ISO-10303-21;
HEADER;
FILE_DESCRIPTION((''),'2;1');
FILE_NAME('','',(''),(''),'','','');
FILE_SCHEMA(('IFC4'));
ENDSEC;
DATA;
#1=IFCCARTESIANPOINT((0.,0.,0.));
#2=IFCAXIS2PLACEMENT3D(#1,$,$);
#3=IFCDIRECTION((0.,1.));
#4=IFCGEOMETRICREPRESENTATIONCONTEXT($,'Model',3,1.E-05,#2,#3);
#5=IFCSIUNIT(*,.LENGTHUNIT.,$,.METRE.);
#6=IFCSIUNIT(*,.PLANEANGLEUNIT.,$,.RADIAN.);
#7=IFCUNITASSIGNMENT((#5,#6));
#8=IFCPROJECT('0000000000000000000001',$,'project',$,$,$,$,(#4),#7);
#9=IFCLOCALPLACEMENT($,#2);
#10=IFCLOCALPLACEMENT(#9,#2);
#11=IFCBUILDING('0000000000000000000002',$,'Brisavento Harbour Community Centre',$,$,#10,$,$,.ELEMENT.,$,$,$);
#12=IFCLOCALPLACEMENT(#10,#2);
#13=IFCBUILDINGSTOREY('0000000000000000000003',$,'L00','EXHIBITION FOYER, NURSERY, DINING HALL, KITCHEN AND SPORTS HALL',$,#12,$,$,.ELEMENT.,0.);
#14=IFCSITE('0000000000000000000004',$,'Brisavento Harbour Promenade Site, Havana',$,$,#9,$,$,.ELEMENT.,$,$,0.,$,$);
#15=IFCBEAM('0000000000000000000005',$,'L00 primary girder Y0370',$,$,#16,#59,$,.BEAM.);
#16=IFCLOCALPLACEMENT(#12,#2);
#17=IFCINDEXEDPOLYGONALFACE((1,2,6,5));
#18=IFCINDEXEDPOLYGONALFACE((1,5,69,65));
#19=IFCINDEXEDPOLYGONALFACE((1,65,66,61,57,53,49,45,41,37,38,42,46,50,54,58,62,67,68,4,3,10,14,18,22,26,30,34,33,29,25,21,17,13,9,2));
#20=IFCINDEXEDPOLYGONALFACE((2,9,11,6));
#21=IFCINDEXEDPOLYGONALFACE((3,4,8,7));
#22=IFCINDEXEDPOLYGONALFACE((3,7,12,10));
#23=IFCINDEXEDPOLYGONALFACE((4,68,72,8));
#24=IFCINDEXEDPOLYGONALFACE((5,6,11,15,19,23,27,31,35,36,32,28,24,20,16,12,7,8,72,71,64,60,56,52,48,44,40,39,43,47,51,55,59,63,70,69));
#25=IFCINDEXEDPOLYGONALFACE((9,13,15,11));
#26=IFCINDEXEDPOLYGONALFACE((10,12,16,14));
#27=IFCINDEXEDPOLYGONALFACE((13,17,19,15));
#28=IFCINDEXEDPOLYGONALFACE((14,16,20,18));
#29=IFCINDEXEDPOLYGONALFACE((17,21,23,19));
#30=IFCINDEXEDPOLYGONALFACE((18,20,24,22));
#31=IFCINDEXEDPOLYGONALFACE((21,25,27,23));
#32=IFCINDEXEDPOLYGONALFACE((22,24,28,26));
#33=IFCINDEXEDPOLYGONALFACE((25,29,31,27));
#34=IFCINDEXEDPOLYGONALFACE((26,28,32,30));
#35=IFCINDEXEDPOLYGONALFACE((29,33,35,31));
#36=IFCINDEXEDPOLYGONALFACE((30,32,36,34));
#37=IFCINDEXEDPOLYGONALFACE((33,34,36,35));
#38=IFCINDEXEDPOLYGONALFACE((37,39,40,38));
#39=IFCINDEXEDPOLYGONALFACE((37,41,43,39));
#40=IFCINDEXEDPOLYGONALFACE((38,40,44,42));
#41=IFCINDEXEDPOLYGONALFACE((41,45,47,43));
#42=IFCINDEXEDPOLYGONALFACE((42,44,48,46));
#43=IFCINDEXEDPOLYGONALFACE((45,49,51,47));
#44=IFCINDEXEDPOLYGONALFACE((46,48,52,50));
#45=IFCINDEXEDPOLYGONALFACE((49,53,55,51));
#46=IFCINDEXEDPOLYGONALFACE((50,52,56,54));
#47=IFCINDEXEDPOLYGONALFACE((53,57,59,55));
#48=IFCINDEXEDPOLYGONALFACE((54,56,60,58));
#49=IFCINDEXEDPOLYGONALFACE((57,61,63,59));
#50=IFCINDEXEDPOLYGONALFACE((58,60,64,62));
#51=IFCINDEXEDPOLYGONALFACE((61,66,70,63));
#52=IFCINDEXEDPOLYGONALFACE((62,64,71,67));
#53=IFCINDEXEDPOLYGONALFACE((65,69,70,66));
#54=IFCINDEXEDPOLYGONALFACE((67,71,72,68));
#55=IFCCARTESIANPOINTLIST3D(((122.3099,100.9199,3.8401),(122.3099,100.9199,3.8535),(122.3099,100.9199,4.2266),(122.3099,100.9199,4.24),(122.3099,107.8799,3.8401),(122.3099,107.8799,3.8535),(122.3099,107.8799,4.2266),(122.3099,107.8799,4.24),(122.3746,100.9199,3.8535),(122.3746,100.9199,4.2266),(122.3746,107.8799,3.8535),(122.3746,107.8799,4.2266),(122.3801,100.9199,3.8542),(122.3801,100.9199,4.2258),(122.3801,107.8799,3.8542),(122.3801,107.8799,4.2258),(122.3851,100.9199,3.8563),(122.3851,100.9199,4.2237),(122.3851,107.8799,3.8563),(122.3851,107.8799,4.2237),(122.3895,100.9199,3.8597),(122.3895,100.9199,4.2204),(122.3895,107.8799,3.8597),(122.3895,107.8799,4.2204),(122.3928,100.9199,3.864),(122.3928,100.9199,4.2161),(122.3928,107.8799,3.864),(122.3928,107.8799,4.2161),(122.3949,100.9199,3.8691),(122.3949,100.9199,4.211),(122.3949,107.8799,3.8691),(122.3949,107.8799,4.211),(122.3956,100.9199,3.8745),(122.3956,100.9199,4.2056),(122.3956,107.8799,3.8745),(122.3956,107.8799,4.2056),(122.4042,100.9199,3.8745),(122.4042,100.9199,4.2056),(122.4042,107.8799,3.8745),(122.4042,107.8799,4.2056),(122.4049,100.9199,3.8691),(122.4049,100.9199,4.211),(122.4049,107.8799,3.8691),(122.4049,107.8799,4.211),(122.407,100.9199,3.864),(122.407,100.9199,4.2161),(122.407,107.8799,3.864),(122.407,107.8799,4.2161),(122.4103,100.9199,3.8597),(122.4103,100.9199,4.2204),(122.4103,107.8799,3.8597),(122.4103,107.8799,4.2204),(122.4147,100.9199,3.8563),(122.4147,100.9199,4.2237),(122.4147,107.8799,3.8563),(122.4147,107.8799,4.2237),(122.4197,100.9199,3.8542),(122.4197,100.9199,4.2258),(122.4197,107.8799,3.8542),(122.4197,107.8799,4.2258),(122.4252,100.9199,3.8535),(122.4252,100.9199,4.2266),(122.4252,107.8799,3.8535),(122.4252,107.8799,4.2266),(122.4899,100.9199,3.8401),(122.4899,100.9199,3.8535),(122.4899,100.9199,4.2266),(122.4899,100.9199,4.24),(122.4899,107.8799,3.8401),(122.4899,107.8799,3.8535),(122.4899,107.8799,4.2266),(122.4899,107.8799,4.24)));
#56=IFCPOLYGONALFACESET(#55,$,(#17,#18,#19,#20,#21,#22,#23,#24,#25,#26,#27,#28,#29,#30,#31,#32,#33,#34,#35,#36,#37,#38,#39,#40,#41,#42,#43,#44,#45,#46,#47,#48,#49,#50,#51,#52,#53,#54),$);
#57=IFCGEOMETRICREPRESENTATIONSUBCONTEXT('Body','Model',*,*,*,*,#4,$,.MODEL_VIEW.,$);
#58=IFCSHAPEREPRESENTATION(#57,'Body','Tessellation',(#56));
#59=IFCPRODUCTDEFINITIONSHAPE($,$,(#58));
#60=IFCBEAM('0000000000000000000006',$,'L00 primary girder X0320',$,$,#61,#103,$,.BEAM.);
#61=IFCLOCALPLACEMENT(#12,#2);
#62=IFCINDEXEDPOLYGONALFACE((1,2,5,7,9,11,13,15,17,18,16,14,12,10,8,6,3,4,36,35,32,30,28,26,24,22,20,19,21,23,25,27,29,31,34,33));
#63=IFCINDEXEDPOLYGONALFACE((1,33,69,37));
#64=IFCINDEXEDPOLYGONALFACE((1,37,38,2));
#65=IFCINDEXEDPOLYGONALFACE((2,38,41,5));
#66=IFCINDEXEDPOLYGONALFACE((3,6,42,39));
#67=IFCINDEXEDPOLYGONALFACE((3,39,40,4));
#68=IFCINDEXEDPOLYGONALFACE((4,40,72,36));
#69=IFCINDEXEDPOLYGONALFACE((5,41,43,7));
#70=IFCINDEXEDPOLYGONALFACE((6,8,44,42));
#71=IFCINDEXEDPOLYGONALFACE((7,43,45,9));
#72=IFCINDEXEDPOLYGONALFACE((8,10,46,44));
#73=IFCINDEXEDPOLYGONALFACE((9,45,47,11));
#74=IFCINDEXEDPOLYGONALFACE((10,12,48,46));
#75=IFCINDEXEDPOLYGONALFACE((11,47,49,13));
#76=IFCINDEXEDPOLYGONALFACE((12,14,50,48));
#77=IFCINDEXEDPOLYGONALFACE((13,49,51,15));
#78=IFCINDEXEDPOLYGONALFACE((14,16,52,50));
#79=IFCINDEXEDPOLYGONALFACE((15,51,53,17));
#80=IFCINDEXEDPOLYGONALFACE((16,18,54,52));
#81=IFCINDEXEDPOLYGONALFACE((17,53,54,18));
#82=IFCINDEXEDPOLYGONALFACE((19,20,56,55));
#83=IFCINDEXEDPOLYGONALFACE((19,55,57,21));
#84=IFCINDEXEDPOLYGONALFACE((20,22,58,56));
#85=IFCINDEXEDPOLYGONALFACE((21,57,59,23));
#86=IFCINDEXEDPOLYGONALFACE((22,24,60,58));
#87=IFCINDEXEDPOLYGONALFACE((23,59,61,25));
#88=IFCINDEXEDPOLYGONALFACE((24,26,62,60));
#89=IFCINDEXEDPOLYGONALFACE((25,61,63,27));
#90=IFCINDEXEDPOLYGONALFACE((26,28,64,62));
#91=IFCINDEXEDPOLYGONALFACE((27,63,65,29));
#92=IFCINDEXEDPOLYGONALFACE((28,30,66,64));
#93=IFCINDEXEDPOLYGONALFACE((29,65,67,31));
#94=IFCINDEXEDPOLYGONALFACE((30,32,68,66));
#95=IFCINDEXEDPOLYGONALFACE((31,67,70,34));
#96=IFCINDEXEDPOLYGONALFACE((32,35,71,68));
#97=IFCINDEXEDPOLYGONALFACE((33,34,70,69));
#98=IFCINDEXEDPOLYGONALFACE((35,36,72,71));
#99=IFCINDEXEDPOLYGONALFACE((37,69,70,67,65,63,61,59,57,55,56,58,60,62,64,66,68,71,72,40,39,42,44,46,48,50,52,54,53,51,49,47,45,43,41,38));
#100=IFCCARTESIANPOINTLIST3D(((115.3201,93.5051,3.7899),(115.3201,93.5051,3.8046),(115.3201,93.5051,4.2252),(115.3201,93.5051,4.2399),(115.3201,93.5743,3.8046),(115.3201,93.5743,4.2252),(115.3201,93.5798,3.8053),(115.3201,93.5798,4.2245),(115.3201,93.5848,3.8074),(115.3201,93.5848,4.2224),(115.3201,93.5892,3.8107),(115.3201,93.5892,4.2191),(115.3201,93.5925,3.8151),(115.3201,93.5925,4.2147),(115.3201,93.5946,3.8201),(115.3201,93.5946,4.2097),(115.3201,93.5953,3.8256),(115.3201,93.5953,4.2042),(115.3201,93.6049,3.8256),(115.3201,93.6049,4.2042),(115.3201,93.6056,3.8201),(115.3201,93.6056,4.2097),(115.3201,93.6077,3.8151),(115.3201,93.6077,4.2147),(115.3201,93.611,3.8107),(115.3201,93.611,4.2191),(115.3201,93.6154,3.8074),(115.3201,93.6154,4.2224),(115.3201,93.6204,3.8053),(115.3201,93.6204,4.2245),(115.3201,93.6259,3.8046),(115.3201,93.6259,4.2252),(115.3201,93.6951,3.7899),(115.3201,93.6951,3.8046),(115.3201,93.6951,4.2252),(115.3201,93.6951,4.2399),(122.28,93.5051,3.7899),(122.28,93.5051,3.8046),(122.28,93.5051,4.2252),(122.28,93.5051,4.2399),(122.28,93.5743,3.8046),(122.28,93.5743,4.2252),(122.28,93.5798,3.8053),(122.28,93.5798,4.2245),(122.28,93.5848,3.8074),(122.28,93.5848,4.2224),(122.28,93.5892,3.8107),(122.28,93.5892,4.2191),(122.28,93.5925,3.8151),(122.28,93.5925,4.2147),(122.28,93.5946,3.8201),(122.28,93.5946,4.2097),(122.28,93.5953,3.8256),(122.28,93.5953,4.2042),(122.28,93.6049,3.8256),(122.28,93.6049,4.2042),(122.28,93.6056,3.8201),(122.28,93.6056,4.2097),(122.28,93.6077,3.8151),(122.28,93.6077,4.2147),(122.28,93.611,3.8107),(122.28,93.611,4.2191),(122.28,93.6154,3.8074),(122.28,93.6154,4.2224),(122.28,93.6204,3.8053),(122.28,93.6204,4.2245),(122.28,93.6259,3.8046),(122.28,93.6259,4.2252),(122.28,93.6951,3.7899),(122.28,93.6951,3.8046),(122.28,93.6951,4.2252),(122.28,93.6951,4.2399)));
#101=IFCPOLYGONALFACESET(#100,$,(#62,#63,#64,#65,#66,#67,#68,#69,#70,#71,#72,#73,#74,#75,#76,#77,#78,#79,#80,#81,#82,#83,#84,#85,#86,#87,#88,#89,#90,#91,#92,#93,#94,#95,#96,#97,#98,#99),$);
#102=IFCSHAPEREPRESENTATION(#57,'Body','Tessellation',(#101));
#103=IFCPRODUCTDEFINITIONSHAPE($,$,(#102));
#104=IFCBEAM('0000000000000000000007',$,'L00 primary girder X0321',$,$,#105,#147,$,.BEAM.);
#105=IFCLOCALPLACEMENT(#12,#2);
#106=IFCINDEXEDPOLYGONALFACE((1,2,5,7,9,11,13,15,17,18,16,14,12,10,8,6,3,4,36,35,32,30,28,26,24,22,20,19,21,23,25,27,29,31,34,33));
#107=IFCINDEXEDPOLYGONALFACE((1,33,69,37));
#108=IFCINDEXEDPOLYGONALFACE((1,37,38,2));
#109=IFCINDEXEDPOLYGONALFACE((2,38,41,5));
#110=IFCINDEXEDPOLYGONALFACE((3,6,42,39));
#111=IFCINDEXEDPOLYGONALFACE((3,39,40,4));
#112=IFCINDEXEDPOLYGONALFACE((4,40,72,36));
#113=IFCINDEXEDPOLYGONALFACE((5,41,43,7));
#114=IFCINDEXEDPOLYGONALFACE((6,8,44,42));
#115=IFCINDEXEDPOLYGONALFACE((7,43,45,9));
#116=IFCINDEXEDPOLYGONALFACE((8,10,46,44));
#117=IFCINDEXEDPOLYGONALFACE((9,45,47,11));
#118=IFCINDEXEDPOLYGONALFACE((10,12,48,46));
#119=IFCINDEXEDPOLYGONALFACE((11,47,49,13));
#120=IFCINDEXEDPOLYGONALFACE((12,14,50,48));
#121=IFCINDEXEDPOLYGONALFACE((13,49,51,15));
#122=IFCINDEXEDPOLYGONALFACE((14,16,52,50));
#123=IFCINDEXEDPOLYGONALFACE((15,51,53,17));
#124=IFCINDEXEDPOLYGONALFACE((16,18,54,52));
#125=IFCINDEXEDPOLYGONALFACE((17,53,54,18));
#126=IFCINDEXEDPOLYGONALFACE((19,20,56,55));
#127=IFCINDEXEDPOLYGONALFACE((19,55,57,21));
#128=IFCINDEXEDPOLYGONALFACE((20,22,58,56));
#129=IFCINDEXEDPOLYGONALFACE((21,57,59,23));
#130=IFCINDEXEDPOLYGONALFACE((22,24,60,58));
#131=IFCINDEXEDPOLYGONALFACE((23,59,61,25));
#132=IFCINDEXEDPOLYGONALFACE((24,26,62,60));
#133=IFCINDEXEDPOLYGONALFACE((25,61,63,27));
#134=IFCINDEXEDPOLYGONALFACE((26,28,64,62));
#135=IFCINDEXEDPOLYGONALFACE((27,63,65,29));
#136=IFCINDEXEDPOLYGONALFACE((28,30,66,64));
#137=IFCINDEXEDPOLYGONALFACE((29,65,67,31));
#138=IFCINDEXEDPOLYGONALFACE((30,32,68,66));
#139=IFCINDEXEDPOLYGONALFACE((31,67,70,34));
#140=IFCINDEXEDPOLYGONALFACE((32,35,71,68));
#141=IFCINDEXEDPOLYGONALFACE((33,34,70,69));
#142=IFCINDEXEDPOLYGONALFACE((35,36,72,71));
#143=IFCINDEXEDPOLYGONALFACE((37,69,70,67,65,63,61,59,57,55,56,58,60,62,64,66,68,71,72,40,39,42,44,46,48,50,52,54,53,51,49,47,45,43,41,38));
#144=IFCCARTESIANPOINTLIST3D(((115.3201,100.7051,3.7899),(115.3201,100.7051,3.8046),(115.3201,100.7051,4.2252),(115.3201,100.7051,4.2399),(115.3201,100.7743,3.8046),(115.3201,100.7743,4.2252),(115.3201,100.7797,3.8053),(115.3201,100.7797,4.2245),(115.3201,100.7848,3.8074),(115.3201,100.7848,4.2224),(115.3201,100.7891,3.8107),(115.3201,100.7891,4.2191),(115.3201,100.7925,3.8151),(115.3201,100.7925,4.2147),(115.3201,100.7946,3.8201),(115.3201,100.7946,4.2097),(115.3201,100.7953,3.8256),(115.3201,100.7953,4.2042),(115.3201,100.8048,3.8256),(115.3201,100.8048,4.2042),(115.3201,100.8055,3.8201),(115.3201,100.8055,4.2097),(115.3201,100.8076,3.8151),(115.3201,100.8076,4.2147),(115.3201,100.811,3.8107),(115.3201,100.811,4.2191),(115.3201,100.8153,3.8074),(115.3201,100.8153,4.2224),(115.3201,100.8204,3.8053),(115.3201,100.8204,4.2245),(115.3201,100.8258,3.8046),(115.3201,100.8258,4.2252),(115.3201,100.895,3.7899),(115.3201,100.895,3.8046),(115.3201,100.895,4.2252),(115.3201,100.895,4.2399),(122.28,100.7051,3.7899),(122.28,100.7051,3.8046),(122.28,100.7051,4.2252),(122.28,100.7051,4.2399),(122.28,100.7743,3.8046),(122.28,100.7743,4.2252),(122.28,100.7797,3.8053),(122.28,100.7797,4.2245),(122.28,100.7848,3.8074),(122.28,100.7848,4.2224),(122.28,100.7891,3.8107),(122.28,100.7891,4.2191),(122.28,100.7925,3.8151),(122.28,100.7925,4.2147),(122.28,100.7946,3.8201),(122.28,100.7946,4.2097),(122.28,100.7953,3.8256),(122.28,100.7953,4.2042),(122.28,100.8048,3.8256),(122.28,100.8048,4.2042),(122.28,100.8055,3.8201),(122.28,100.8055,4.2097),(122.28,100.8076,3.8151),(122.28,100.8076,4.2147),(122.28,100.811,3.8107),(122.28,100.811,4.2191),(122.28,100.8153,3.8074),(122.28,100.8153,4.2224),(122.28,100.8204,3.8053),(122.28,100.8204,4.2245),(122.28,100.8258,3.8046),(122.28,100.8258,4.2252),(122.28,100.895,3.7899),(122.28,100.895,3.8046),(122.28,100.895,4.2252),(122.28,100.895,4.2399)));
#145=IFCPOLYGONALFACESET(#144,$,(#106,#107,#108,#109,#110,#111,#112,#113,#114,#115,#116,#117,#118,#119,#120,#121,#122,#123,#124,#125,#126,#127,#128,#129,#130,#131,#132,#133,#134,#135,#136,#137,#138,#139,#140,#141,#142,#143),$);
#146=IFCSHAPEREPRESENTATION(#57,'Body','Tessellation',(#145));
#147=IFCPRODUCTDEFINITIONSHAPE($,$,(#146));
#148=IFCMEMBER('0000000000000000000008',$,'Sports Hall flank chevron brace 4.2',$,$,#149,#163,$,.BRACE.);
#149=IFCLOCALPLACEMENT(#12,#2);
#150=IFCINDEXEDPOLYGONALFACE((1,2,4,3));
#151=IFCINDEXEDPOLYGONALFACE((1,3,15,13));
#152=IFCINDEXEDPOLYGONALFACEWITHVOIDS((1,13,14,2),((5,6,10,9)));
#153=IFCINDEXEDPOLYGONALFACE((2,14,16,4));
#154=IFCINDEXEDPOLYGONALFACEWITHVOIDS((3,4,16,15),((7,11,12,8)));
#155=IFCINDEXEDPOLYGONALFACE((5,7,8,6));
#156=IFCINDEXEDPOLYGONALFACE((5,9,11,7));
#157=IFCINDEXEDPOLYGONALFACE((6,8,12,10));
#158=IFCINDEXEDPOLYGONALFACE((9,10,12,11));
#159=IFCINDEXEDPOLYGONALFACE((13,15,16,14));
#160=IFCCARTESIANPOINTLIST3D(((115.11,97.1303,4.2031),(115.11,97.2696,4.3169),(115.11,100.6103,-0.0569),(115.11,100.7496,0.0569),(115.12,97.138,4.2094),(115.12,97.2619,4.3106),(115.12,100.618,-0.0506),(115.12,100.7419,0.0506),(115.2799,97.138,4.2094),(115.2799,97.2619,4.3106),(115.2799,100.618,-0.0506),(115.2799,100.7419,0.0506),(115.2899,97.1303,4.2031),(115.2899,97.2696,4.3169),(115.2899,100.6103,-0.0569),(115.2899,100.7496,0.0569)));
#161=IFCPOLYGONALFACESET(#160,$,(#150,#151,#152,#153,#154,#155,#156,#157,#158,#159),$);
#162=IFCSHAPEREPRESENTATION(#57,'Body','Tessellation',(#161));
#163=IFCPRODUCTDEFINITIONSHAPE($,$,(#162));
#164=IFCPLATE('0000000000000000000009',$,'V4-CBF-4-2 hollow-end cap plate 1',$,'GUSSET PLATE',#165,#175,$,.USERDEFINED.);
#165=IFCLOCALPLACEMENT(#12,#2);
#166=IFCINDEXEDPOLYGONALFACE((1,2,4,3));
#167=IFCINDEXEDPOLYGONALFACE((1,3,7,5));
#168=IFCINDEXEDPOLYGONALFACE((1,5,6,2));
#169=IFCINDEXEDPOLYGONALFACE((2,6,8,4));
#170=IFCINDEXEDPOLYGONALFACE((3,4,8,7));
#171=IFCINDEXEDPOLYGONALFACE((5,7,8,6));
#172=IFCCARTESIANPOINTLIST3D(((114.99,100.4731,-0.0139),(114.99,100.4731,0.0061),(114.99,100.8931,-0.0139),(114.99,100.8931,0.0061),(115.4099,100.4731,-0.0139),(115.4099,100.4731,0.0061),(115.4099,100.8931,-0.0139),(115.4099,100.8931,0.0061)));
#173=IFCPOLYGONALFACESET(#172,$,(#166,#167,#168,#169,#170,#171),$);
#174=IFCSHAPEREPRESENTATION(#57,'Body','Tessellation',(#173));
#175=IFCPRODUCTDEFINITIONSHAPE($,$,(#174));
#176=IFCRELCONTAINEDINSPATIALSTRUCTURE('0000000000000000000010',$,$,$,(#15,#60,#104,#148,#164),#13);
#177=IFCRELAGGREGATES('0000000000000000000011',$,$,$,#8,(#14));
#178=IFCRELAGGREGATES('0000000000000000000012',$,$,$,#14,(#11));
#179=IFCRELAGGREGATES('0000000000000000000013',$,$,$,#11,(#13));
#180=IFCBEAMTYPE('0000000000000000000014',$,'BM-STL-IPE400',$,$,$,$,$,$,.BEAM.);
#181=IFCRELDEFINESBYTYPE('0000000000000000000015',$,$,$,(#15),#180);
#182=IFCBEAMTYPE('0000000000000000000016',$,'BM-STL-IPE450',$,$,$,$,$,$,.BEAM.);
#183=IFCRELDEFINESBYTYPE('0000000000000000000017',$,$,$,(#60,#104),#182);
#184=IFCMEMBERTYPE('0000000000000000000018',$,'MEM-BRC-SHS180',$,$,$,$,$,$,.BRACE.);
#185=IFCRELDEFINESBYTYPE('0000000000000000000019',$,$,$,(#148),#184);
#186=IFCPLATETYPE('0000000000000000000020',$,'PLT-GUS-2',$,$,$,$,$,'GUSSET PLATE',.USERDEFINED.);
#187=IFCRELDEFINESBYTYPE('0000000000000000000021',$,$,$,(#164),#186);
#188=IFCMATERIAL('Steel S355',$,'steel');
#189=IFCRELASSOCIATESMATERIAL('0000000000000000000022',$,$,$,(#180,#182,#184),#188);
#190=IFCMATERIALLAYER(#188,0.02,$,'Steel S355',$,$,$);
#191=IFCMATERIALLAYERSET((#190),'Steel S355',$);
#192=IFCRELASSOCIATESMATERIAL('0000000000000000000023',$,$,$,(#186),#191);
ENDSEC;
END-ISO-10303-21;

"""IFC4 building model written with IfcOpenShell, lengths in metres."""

from ifc_helpers import new_model, si_unit, direction, frame, origin, origin_2d, place, context, subcontext, project, spatial, rectangle, hollow_rectangle, i_section, extrude, material, layer, layer_set, material_profile, profile_set, type_object, element, save


model = new_model("IFC4")

# Units and contexts
model_context = context("Model", 3, precision=1e-05, world=origin(), true_north=direction((0.0, 1.0)))
body_context = subcontext(model_context, "Body", "Model", "MODEL_VIEW")
ifc_project = project(units=[si_unit("LENGTHUNIT", "METRE"), si_unit("PLANEANGLEUNIT", "RADIAN")], contexts=[model_context])

# Site, building, storey
site_placement = place(None, origin())
site = spatial("IfcSite", under=ifc_project, at=site_placement, Name="Brisavento Harbour Promenade Site, Havana", CompositionType="ELEMENT", RefElevation=0.0)
building_placement = place(site_placement, origin())
building = spatial("IfcBuilding", under=site, at=building_placement, Name="Brisavento Harbour Community Centre", CompositionType="ELEMENT")
storey_placement = place(building_placement, origin())
storey = spatial("IfcBuildingStorey", under=building, at=storey_placement, Name="L00", Description="EXHIBITION FOYER, NURSERY, DINING HALL, KITCHEN AND SPORTS HALL", CompositionType="ELEMENT", Elevation=0.0)

# Shared definitions
ifc_material_1 = material(Name="Steel S355", Category="steel")

# Beams
ifc_material_profile_1 = material_profile(ifc_material_1, i_section(OverallWidth=0.1799, OverallDepth=0.3999, WebThickness=0.0085, FlangeThickness=0.0134, FilletRadius=0.021, at=origin_2d()), Name="Steel S355")
ifc_profile_set_1 = profile_set([ifc_material_profile_1], Name="Steel S355")
beam_type_1 = type_object("IfcBeamType", Name="BM-STL-IPE400", PredefinedType="BEAM", material=ifc_profile_set_1)
for number, where, z_axis, x_axis, name in (
    (1, (122.3999, 100.9199, 4.04), (0.0, 1.0, 0.0), (-1.0, 0.0, 0.0), "L00 primary girder Y0370"),
):
    element("IfcBeam", number, at=place(storey_placement, frame(where, z_axis=z_axis, x_axis=x_axis)), inside=storey, type_object=beam_type_1, Name=name, PredefinedType="BEAM", context=body_context, shape_type="SweptSolid", body=[
        extrude(i_section(OverallWidth=0.1799, OverallDepth=0.3999, WebThickness=0.0085, FlangeThickness=0.0134, FilletRadius=0.021, at=origin_2d()), origin(), (0.0, 0.0, 1.0), 6.96),
    ])
ifc_material_profile_2 = material_profile(ifc_material_1, i_section(OverallWidth=0.1899, OverallDepth=0.45, WebThickness=0.0095, FlangeThickness=0.0146, FilletRadius=0.021, at=origin_2d()), Name="Steel S355")
ifc_profile_set_2 = profile_set([ifc_material_profile_2], Name="Steel S355")
beam_type_2 = type_object("IfcBeamType", Name="BM-STL-IPE450", PredefinedType="BEAM", material=ifc_profile_set_2)
for number, where, z_axis, x_axis, name in (
    (2, (115.3201, 93.6001, 4.0149), (1.0, 0.0, 0.0), (0.0, 1.0, 0.0), "L00 primary girder X0320"),
    (3, (115.3201, 100.8, 4.0149), (1.0, 0.0, 0.0), (0.0, 1.0, 0.0), "L00 primary girder X0321"),
):
    element("IfcBeam", number, at=place(storey_placement, frame(where, z_axis=z_axis, x_axis=x_axis)), inside=storey, type_object=beam_type_2, Name=name, PredefinedType="BEAM", context=body_context, shape_type="SweptSolid", body=[
        extrude(i_section(OverallWidth=0.1899, OverallDepth=0.45, WebThickness=0.0095, FlangeThickness=0.0146, FilletRadius=0.021, at=origin_2d()), origin(), (0.0, 0.0, 1.0), 6.96),
    ])

# Member
ifc_material_profile_3 = material_profile(ifc_material_1, hollow_rectangle(XDim=0.1799, YDim=0.1799, WallThickness=0.01, at=origin_2d()), Name="Steel S355")
ifc_profile_set_3 = profile_set([ifc_material_profile_3], Name="Steel S355")
member_type = type_object("IfcMemberType", Name="MEM-BRC-SHS180", PredefinedType="BRACE", material=ifc_profile_set_3)
member_placement = place(storey_placement, frame((115.2, 100.6799, 0.0), z_axis=(0.0, -0.632641, 0.774446), x_axis=(1.0, 0.0, 0.0)))
element("IfcMember", 4, at=member_placement, inside=storey, type_object=member_type, Name="Sports Hall flank chevron brace 4.2", PredefinedType="BRACE", context=body_context, shape_type="SweptSolid", body=[
    extrude(hollow_rectangle(XDim=0.1799, YDim=0.1799, WallThickness=0.01, at=origin_2d()), origin(), (0.0, 0.0, 1.0), 5.5007),
])

# Plate
ifc_layer_1 = layer(ifc_material_1, 0.02, Name="Steel S355")
ifc_layer_set_1 = layer_set([ifc_layer_1], Name="Steel S355")
plate_type = type_object("IfcPlateType", Name="PLT-GUS-2", ElementType="GUSSET PLATE", PredefinedType="USERDEFINED", material=ifc_layer_set_1)
plate_placement = place(storey_placement, frame((115.2, 100.6831, -0.0139), z_axis=(0.0, 0.0, 1.0), x_axis=(0.0, -1.0, 0.0)))
element("IfcPlate", 5, at=plate_placement, inside=storey, type_object=plate_type, Name="V4-CBF-4-2 hollow-end cap plate 1", ObjectType="GUSSET PLATE", PredefinedType="USERDEFINED", context=body_context, shape_type="SweptSolid", body=[
    extrude(rectangle(XDim=0.4199, YDim=0.4199, at=origin_2d()), origin(), (0.0, 0.0, 1.0), 0.02),
])

save(model, "model.ifc")
